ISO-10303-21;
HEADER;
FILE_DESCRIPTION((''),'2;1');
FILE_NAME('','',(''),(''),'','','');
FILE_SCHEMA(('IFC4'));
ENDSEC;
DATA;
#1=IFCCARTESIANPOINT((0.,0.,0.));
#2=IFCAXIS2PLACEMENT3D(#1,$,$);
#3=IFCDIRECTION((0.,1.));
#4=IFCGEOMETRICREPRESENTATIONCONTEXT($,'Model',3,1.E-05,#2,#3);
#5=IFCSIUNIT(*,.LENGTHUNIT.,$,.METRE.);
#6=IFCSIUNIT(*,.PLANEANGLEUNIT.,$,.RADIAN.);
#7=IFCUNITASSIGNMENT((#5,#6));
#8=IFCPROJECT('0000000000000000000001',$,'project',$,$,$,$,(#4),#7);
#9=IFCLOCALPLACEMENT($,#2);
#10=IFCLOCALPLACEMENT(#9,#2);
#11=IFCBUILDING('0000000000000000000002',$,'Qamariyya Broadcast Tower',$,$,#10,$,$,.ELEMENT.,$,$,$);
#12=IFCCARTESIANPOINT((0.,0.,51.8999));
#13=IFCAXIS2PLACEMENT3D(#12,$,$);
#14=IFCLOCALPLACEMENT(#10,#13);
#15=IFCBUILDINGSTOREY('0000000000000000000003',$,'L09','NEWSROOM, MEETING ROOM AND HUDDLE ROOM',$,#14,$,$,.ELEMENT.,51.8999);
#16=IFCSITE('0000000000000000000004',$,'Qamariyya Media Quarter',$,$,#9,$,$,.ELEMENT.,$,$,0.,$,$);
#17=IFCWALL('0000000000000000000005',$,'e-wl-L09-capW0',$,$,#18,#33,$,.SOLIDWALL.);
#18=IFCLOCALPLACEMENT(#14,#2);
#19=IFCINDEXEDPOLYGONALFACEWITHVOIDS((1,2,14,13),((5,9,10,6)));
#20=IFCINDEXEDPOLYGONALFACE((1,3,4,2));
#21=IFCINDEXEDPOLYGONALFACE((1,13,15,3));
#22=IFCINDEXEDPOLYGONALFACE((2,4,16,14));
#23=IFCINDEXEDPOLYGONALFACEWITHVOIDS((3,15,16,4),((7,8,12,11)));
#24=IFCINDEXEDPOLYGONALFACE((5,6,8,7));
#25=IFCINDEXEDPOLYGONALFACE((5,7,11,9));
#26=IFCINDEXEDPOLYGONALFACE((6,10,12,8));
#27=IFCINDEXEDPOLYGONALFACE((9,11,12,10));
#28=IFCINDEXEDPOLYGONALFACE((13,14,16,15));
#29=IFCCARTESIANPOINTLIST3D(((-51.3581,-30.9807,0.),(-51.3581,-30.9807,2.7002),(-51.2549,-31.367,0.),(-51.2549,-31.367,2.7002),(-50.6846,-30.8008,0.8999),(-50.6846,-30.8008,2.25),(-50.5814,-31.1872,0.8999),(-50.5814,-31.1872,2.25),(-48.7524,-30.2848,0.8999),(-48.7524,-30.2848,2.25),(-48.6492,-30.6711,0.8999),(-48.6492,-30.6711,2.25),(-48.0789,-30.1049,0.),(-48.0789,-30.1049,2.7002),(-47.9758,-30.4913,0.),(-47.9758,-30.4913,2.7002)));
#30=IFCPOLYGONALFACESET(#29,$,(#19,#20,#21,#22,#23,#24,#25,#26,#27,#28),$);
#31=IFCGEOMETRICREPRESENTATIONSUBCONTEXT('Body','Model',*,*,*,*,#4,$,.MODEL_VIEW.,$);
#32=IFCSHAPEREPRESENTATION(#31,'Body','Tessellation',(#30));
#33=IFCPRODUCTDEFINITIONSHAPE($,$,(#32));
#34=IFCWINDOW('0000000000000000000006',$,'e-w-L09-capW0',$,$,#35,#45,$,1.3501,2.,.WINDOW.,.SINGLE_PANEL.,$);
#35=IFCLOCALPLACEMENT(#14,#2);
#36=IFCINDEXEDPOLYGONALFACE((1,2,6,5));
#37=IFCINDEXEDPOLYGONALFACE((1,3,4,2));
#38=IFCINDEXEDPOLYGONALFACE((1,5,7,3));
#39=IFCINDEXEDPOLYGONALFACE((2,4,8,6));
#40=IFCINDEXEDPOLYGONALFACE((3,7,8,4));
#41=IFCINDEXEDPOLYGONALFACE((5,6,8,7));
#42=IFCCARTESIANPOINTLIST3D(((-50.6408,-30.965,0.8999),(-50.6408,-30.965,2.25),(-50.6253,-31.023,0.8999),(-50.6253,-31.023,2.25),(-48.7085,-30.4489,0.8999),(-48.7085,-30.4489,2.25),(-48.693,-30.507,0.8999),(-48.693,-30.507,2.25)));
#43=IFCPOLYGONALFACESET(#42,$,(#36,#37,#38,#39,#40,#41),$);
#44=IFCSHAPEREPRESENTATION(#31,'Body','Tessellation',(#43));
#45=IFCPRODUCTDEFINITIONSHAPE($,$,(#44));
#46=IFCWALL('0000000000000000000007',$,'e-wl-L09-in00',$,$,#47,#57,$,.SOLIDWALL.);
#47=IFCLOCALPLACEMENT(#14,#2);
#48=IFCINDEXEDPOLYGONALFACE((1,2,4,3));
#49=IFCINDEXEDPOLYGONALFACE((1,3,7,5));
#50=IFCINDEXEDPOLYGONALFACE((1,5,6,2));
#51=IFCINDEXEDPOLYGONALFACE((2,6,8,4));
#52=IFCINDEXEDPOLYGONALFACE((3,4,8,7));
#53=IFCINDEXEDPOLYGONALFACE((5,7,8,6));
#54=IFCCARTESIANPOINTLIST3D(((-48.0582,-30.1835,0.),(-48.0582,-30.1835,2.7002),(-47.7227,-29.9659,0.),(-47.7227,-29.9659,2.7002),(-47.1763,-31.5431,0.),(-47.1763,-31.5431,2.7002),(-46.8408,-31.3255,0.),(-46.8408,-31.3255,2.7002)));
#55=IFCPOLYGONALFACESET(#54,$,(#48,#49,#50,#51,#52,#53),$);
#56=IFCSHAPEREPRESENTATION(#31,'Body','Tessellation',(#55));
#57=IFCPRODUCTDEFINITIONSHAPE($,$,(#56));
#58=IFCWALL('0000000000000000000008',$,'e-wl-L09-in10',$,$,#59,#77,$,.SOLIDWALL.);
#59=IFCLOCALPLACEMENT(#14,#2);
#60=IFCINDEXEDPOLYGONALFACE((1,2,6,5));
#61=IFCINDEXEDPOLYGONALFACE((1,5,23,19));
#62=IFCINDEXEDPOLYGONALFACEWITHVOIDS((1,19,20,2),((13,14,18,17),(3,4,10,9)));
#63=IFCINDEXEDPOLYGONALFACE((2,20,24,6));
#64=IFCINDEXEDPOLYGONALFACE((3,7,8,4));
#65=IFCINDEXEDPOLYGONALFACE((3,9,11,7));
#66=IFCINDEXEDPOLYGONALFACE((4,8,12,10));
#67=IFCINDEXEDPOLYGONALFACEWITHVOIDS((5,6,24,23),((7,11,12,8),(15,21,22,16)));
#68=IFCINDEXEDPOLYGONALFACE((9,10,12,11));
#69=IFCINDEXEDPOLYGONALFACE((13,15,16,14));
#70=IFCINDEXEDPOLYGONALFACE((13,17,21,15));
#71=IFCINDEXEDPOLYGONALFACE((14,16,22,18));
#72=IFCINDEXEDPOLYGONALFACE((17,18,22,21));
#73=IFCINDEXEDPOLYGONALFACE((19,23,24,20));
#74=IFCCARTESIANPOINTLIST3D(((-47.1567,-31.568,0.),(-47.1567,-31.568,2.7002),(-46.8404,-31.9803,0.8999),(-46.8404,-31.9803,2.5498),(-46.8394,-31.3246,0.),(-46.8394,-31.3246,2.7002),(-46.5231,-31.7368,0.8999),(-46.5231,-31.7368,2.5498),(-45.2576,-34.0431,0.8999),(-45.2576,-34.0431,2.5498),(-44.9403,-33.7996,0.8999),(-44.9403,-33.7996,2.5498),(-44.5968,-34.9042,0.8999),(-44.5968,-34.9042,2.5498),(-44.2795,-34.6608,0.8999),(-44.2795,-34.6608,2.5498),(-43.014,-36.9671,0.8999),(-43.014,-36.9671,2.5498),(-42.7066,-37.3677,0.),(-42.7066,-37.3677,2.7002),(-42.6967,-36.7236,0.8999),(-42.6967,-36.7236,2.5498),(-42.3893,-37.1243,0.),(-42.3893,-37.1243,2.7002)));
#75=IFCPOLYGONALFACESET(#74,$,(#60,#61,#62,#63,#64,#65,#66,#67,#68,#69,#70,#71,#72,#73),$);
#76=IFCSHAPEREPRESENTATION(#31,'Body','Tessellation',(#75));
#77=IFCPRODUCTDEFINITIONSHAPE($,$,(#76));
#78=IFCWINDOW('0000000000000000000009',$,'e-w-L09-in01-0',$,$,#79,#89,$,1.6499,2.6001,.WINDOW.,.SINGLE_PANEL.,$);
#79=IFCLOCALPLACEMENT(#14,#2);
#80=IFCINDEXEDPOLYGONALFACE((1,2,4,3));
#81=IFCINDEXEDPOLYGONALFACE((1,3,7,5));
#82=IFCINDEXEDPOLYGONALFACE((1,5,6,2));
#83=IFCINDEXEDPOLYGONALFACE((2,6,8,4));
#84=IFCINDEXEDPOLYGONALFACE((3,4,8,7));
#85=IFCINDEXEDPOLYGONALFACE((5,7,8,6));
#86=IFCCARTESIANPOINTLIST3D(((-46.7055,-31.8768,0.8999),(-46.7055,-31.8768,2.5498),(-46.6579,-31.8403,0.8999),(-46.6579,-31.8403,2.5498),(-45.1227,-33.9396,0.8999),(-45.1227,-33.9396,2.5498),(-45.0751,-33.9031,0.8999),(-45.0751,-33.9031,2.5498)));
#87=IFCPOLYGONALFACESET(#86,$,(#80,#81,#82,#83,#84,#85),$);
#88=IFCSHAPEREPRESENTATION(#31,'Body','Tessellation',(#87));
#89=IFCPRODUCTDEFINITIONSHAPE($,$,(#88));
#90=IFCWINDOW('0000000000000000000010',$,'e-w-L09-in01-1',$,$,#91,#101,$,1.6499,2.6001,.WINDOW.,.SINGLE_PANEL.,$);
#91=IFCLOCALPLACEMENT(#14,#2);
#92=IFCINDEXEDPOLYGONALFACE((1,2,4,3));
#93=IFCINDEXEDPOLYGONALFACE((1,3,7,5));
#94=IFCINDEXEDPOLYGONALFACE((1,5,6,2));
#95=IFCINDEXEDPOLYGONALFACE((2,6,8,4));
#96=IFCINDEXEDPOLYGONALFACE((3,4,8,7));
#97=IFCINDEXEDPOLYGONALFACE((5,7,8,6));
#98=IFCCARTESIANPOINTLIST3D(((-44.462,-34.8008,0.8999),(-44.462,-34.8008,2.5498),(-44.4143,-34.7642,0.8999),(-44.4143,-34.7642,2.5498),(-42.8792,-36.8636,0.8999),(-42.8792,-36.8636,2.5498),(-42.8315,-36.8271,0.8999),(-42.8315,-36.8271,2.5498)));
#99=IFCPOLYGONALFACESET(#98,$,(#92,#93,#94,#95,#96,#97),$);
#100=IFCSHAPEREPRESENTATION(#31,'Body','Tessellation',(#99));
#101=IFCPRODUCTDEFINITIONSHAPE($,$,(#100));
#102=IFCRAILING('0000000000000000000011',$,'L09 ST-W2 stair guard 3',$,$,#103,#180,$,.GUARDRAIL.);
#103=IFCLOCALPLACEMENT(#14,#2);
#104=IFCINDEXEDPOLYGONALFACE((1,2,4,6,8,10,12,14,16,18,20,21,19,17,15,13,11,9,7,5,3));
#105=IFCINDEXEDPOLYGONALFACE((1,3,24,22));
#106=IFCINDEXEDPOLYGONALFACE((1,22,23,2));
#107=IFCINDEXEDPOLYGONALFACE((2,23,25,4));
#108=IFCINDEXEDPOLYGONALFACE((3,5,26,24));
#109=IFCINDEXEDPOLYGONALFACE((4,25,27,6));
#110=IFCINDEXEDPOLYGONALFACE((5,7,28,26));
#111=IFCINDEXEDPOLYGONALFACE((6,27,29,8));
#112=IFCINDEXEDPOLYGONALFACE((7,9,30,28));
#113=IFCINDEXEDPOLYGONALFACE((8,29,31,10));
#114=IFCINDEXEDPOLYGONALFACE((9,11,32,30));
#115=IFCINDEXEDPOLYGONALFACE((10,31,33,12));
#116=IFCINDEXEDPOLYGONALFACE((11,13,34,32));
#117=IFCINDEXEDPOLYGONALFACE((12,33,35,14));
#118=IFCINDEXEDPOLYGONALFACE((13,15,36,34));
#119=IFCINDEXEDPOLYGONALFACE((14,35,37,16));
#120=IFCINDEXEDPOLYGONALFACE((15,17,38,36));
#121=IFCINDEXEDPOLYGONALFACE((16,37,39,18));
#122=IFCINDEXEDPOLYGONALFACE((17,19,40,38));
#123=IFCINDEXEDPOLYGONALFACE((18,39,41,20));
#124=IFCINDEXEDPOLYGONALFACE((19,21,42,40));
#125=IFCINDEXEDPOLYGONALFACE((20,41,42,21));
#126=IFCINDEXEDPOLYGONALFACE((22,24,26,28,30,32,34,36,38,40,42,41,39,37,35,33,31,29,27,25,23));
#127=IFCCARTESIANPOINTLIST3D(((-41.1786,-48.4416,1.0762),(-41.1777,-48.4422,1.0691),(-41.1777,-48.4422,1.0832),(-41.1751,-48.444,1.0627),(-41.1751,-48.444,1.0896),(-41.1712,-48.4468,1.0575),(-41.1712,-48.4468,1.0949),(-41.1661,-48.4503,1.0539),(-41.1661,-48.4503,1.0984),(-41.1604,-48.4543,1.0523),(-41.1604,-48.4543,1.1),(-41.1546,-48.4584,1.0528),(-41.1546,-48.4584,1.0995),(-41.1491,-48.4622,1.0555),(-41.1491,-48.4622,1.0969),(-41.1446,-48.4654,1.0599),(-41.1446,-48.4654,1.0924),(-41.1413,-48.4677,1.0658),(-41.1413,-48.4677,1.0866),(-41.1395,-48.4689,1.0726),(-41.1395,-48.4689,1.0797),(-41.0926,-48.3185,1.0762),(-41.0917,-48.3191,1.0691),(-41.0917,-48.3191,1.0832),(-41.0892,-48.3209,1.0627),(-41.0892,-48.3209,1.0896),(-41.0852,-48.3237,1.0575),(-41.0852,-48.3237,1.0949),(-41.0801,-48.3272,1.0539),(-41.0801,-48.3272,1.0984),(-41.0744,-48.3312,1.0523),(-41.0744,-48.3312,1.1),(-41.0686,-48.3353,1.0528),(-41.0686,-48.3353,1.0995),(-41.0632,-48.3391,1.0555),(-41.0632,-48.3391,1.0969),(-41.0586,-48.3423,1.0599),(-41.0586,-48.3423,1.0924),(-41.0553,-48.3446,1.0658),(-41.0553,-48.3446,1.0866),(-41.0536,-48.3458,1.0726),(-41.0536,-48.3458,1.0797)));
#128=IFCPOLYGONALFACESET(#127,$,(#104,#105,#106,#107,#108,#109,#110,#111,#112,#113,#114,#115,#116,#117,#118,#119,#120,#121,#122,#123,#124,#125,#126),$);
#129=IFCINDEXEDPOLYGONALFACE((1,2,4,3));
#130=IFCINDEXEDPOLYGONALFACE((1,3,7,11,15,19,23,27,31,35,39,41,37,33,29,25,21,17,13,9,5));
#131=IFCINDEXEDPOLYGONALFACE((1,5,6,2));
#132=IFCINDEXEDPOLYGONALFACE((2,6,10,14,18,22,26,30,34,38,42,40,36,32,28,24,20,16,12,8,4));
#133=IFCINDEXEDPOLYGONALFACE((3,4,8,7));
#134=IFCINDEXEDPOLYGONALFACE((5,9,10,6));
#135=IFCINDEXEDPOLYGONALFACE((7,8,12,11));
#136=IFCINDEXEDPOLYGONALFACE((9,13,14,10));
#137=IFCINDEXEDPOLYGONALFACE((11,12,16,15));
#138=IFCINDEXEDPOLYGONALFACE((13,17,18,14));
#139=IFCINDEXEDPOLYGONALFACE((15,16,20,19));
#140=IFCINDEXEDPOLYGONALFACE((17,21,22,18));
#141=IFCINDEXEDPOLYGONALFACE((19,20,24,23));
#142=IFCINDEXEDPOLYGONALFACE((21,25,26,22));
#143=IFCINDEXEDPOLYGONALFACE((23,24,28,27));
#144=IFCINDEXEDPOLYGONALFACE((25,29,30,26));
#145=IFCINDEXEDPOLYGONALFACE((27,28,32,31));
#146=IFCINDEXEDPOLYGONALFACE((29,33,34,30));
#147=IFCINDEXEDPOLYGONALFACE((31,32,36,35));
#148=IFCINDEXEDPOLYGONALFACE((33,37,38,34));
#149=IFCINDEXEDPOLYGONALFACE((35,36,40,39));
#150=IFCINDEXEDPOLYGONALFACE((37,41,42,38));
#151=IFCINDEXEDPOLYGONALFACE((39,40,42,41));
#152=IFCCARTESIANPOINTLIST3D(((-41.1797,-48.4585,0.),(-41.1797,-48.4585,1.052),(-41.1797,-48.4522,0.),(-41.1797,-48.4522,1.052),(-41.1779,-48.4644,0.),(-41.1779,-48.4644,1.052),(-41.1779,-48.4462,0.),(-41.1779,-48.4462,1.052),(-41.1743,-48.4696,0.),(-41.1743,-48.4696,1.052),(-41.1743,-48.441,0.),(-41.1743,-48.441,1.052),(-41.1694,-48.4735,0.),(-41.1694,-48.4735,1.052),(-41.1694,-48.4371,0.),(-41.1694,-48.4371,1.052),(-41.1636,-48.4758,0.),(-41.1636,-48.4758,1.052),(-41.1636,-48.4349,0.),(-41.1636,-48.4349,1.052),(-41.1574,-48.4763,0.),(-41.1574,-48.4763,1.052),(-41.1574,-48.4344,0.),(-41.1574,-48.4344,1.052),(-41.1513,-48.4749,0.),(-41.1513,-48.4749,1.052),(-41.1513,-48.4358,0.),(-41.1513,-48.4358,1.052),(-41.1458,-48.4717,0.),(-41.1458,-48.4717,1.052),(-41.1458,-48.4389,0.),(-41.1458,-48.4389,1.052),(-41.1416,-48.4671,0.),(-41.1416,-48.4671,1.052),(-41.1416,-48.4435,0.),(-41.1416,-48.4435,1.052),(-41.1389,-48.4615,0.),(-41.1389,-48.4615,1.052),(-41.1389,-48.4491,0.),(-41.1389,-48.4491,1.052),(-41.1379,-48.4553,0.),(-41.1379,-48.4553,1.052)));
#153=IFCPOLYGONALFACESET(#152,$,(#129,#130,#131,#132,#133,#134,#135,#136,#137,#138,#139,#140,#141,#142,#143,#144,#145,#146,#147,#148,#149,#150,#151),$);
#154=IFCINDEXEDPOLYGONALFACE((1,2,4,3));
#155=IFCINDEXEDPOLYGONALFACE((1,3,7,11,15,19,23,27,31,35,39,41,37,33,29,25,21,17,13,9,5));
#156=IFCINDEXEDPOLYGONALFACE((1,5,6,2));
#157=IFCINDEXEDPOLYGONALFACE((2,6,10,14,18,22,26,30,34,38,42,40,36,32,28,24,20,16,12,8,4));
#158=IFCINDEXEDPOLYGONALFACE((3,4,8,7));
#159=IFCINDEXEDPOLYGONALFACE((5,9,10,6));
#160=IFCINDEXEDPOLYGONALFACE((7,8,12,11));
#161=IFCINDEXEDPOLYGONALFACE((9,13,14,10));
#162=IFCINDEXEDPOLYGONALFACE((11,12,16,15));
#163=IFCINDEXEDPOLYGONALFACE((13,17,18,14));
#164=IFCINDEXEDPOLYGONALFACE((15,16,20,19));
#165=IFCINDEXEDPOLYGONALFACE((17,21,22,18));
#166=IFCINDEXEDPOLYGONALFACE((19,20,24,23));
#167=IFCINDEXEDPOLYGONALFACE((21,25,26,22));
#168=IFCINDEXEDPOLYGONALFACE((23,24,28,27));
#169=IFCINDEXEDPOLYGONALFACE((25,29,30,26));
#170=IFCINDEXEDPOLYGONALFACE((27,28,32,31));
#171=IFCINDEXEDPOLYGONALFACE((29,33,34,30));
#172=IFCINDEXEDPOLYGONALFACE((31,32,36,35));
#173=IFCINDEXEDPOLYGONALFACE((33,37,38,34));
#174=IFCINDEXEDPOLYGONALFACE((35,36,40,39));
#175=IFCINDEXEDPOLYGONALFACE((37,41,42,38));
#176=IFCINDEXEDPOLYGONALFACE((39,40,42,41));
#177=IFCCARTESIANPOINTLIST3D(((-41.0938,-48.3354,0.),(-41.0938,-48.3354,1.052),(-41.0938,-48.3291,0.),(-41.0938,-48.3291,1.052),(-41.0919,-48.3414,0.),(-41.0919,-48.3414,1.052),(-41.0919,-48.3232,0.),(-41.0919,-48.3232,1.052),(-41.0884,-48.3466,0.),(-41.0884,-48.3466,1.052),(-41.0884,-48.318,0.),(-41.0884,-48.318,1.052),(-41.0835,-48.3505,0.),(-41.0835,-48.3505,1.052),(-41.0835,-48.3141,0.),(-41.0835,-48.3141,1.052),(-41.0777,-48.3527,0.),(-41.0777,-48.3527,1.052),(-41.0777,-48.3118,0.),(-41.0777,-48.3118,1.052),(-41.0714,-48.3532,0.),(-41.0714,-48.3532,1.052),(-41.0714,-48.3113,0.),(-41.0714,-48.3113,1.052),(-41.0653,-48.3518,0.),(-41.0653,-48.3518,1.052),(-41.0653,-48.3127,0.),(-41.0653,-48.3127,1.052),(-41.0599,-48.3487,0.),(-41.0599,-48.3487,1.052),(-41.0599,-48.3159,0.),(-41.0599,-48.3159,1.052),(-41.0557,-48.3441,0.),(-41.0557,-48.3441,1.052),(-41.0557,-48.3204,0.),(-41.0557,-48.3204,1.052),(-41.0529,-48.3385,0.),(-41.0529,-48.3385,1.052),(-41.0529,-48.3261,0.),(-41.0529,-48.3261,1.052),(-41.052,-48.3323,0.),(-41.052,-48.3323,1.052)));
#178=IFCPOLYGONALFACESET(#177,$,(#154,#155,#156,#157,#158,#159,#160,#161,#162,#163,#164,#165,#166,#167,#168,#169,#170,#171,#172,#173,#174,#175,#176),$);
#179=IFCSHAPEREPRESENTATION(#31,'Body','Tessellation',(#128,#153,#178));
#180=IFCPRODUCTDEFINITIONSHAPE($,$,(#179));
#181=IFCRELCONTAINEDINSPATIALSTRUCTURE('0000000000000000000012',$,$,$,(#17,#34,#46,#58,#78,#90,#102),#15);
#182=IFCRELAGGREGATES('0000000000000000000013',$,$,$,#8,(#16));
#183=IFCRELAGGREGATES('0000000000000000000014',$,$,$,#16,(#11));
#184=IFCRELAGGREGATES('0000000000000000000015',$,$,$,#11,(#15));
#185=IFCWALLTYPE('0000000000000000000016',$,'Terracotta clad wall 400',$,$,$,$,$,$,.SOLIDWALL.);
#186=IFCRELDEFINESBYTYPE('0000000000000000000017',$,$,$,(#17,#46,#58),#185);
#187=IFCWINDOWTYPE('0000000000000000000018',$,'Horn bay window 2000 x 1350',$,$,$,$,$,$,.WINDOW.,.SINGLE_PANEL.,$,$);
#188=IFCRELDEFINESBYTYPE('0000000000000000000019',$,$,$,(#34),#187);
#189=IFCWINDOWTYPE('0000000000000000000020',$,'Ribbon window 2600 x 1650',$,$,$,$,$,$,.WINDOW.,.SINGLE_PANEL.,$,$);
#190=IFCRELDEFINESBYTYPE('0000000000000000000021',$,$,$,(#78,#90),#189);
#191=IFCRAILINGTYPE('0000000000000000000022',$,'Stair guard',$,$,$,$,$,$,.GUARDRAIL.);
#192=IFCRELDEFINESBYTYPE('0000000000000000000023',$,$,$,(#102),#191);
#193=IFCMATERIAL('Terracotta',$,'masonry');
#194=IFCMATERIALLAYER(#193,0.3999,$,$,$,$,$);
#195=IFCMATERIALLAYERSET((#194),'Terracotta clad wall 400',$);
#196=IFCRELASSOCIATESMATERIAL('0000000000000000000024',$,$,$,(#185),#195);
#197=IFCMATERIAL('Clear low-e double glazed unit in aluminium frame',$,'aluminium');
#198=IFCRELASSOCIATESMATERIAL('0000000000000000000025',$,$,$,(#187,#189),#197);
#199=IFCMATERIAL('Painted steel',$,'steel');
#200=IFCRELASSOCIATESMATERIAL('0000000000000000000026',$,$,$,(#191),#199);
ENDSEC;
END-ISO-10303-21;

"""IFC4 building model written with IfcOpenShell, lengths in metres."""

from ifc_helpers import new_model, si_unit, direction, frame, frame_2d, origin, origin_2d, place, context, subcontext, project, spatial, rectangle, circle, extrude, material, layer, layer_set, type_object, element, fill, save


model = new_model("IFC4")

# Units and contexts
model_context = context("Model", 3, precision=1e-05, world=origin(), true_north=direction((0.0, 1.0)))
body_context = subcontext(model_context, "Body", "Model", "MODEL_VIEW")
ifc_project = project(units=[si_unit("LENGTHUNIT", "METRE"), si_unit("PLANEANGLEUNIT", "RADIAN")], contexts=[model_context])

# Site, building, storey
site_placement = place(None, origin())
site = spatial("IfcSite", under=ifc_project, at=site_placement, Name="Qamariyya Media Quarter", CompositionType="ELEMENT", RefElevation=0.0)
building_placement = place(site_placement, origin())
building = spatial("IfcBuilding", under=site, at=building_placement, Name="Qamariyya Broadcast Tower", CompositionType="ELEMENT")
storey_placement = place(building_placement, frame((0.0, 0.0, 51.8999)))
storey = spatial("IfcBuildingStorey", under=building, at=storey_placement, Name="L09", Description="NEWSROOM, MEETING ROOM AND HUDDLE ROOM", CompositionType="ELEMENT", Elevation=51.8999)

# Wall, opening, window
ifc_material_1 = material(Name="Terracotta", Category="masonry")
ifc_layer_1 = layer(ifc_material_1, 0.3999)
ifc_layer_set_1 = layer_set([ifc_layer_1], Name="Terracotta clad wall 400")
wall_type_1 = type_object("IfcWallType", Name="Terracotta clad wall 400", PredefinedType="SOLIDWALL", material=ifc_layer_set_1)
wall_1_placement = place(storey_placement, frame((-48.0273, -30.2981, 0.0), z_axis=(0.0, 0.0, 1.0), x_axis=(-0.966138, -0.258025, 0.0)))
wall_1 = element("IfcWall", 1, at=wall_1_placement, inside=storey, type_object=wall_type_1, Name="e-wl-L09-capW0", PredefinedType="SOLIDWALL", context=body_context, shape_type="SweptSolid", body=[
    extrude(rectangle(XDim=3.394, YDim=0.3999, at=frame_2d((1.697, 0.0))), origin(), (0.0, 0.0, 1.0), 2.7002),
])
opening_1_placement = place(wall_1_placement, frame((0.697, 0.0, 0.8999)))
opening_1 = element("IfcOpeningElement", 2, at=opening_1_placement, cuts=wall_1, PredefinedType="OPENING", context=body_context, shape_type="SweptSolid", body=[
    extrude(rectangle(XDim=2.0, YDim=1.3501, at=frame_2d((1.0, 0.675))), frame((0.0, 0.21, 0.0), z_axis=(0.0, -1.0, 0.0), x_axis=(1.0, 0.0, 0.0)), (0.0, 0.0, 1.0), 0.4199),
])
ifc_material_2 = material(Name="Clear low-e double glazed unit in aluminium frame", Category="aluminium")
window_type_1 = type_object("IfcWindowType", Name="Horn bay window 2000 x 1350", PartitioningType="SINGLE_PANEL", PredefinedType="WINDOW", material=ifc_material_2)
window_1_placement = place(opening_1_placement, origin())
window_1 = element("IfcWindow", 3, at=window_1_placement, inside=storey, type_object=window_type_1, Name="e-w-L09-capW0", OverallHeight=1.3501, OverallWidth=2.0, PartitioningType="SINGLE_PANEL", PredefinedType="WINDOW", context=body_context, shape_type="SweptSolid", body=[
    extrude(rectangle(XDim=2.0, YDim=1.3501, at=frame_2d((1.0, 0.675))), frame((0.0, 0.03, 0.0), z_axis=(0.0, -1.0, 0.0), x_axis=(1.0, 0.0, 0.0)), (0.0, 0.0, 1.0), 0.0601),
])
fill(opening_1, window_1)

# Wall
wall_2_placement = place(storey_placement, frame((-47.0085, -31.4343, 0.0), z_axis=(0.0, 0.0, 1.0), x_axis=(-0.544157, 0.838984, 0.0)))
element("IfcWall", 4, at=wall_2_placement, inside=storey, type_object=wall_type_1, Name="e-wl-L09-in00", PredefinedType="SOLIDWALL", context=body_context, shape_type="SweptSolid", body=[
    extrude(rectangle(XDim=1.6206, YDim=0.3999, at=frame_2d((0.8103, 0.0))), origin(), (0.0, 0.0, 1.0), 2.7002),
])

# Wall, openings, windows
wall_3_placement = place(storey_placement, frame((-42.5479, -37.2461, 0.0), z_axis=(0.0, 0.0, 1.0), x_axis=(-0.608748, 0.793363, 0.0)))
wall_3 = element("IfcWall", 5, at=wall_3_placement, inside=storey, type_object=wall_type_1, Name="e-wl-L09-in10", PredefinedType="SOLIDWALL", context=body_context, shape_type="SweptSolid", body=[
    extrude(rectangle(XDim=7.3103, YDim=0.3999, at=frame_2d((3.6553, 0.0))), origin(), (0.0, 0.0, 1.0), 2.7002),
])
opening_2_placement = place(wall_3_placement, frame((4.1907, 0.0, 0.8999)))
opening_2 = element("IfcOpeningElement", 6, at=opening_2_placement, cuts=wall_3, PredefinedType="OPENING", context=body_context, shape_type="SweptSolid", body=[
    extrude(rectangle(XDim=2.6001, YDim=1.6499, at=frame_2d((1.3, 0.825))), frame((0.0, 0.21, 0.0), z_axis=(0.0, -1.0, 0.0), x_axis=(1.0, 0.0, 0.0)), (0.0, 0.0, 1.0), 0.4199),
])
opening_3_placement = place(wall_3_placement, frame((0.5051, 0.0, 0.8999)))
opening_3 = element("IfcOpeningElement", 7, at=opening_3_placement, cuts=wall_3, PredefinedType="OPENING", context=body_context, shape_type="SweptSolid", body=[
    extrude(rectangle(XDim=2.6001, YDim=1.6499, at=frame_2d((1.3, 0.825))), frame((0.0, 0.21, 0.0), z_axis=(0.0, -1.0, 0.0), x_axis=(1.0, 0.0, 0.0)), (0.0, 0.0, 1.0), 0.4199),
])
window_type_2 = type_object("IfcWindowType", Name="Ribbon window 2600 x 1650", PartitioningType="SINGLE_PANEL", PredefinedType="WINDOW", material=ifc_material_2)
window_2_placement = place(opening_2_placement, origin())
window_2 = element("IfcWindow", 8, at=window_2_placement, inside=storey, type_object=window_type_2, Name="e-w-L09-in01-0", OverallHeight=1.6499, OverallWidth=2.6001, PartitioningType="SINGLE_PANEL", PredefinedType="WINDOW", context=body_context, shape_type="SweptSolid", body=[
    extrude(rectangle(XDim=2.6001, YDim=1.6499, at=frame_2d((1.3, 0.825))), frame((0.0, 0.03, 0.0), z_axis=(0.0, -1.0, 0.0), x_axis=(1.0, 0.0, 0.0)), (0.0, 0.0, 1.0), 0.0601),
])
fill(opening_2, window_2)
window_3_placement = place(opening_3_placement, origin())
window_3 = element("IfcWindow", 9, at=window_3_placement, inside=storey, type_object=window_type_2, Name="e-w-L09-in01-1", OverallHeight=1.6499, OverallWidth=2.6001, PartitioningType="SINGLE_PANEL", PredefinedType="WINDOW", context=body_context, shape_type="SweptSolid", body=[
    extrude(rectangle(XDim=2.6001, YDim=1.6499, at=frame_2d((1.3, 0.825))), frame((0.0, 0.03, 0.0), z_axis=(0.0, -1.0, 0.0), x_axis=(1.0, 0.0, 0.0)), (0.0, 0.0, 1.0), 0.0601),
])
fill(opening_3, window_3)

# Railing
ifc_material_3 = material(Name="Painted steel", Category="steel")
railing_type_1 = type_object("IfcRailingType", Name="Stair guard", PredefinedType="GUARDRAIL", material=ifc_material_3)
railing_1_placement = place(storey_placement, frame((-41.1589, -48.4553, 0.0)))
element("IfcRailing", 10, at=railing_1_placement, inside=storey, type_object=railing_type_1, Name="L09 ST-W2 stair guard 3", PredefinedType="GUARDRAIL", context=body_context, shape_type="SweptSolid", body=[
    extrude(circle(Radius=0.0239, at=origin_2d()), frame((0.0, 0.0, 1.0762), z_axis=(0.572589, 0.819843, 0.0), x_axis=(-0.819843, 0.572589, 0.0)), (0.0, 0.0, 1.0), 0.1501),
    extrude(circle(Radius=0.021, at=origin_2d()), origin(), (0.0, 0.0, 1.0), 1.052),
    extrude(circle(Radius=0.021, at=origin_2d()), frame((0.0859, 0.123, 0.0)), (0.0, 0.0, 1.0), 1.052),
])

save(model, "model.ifc")
